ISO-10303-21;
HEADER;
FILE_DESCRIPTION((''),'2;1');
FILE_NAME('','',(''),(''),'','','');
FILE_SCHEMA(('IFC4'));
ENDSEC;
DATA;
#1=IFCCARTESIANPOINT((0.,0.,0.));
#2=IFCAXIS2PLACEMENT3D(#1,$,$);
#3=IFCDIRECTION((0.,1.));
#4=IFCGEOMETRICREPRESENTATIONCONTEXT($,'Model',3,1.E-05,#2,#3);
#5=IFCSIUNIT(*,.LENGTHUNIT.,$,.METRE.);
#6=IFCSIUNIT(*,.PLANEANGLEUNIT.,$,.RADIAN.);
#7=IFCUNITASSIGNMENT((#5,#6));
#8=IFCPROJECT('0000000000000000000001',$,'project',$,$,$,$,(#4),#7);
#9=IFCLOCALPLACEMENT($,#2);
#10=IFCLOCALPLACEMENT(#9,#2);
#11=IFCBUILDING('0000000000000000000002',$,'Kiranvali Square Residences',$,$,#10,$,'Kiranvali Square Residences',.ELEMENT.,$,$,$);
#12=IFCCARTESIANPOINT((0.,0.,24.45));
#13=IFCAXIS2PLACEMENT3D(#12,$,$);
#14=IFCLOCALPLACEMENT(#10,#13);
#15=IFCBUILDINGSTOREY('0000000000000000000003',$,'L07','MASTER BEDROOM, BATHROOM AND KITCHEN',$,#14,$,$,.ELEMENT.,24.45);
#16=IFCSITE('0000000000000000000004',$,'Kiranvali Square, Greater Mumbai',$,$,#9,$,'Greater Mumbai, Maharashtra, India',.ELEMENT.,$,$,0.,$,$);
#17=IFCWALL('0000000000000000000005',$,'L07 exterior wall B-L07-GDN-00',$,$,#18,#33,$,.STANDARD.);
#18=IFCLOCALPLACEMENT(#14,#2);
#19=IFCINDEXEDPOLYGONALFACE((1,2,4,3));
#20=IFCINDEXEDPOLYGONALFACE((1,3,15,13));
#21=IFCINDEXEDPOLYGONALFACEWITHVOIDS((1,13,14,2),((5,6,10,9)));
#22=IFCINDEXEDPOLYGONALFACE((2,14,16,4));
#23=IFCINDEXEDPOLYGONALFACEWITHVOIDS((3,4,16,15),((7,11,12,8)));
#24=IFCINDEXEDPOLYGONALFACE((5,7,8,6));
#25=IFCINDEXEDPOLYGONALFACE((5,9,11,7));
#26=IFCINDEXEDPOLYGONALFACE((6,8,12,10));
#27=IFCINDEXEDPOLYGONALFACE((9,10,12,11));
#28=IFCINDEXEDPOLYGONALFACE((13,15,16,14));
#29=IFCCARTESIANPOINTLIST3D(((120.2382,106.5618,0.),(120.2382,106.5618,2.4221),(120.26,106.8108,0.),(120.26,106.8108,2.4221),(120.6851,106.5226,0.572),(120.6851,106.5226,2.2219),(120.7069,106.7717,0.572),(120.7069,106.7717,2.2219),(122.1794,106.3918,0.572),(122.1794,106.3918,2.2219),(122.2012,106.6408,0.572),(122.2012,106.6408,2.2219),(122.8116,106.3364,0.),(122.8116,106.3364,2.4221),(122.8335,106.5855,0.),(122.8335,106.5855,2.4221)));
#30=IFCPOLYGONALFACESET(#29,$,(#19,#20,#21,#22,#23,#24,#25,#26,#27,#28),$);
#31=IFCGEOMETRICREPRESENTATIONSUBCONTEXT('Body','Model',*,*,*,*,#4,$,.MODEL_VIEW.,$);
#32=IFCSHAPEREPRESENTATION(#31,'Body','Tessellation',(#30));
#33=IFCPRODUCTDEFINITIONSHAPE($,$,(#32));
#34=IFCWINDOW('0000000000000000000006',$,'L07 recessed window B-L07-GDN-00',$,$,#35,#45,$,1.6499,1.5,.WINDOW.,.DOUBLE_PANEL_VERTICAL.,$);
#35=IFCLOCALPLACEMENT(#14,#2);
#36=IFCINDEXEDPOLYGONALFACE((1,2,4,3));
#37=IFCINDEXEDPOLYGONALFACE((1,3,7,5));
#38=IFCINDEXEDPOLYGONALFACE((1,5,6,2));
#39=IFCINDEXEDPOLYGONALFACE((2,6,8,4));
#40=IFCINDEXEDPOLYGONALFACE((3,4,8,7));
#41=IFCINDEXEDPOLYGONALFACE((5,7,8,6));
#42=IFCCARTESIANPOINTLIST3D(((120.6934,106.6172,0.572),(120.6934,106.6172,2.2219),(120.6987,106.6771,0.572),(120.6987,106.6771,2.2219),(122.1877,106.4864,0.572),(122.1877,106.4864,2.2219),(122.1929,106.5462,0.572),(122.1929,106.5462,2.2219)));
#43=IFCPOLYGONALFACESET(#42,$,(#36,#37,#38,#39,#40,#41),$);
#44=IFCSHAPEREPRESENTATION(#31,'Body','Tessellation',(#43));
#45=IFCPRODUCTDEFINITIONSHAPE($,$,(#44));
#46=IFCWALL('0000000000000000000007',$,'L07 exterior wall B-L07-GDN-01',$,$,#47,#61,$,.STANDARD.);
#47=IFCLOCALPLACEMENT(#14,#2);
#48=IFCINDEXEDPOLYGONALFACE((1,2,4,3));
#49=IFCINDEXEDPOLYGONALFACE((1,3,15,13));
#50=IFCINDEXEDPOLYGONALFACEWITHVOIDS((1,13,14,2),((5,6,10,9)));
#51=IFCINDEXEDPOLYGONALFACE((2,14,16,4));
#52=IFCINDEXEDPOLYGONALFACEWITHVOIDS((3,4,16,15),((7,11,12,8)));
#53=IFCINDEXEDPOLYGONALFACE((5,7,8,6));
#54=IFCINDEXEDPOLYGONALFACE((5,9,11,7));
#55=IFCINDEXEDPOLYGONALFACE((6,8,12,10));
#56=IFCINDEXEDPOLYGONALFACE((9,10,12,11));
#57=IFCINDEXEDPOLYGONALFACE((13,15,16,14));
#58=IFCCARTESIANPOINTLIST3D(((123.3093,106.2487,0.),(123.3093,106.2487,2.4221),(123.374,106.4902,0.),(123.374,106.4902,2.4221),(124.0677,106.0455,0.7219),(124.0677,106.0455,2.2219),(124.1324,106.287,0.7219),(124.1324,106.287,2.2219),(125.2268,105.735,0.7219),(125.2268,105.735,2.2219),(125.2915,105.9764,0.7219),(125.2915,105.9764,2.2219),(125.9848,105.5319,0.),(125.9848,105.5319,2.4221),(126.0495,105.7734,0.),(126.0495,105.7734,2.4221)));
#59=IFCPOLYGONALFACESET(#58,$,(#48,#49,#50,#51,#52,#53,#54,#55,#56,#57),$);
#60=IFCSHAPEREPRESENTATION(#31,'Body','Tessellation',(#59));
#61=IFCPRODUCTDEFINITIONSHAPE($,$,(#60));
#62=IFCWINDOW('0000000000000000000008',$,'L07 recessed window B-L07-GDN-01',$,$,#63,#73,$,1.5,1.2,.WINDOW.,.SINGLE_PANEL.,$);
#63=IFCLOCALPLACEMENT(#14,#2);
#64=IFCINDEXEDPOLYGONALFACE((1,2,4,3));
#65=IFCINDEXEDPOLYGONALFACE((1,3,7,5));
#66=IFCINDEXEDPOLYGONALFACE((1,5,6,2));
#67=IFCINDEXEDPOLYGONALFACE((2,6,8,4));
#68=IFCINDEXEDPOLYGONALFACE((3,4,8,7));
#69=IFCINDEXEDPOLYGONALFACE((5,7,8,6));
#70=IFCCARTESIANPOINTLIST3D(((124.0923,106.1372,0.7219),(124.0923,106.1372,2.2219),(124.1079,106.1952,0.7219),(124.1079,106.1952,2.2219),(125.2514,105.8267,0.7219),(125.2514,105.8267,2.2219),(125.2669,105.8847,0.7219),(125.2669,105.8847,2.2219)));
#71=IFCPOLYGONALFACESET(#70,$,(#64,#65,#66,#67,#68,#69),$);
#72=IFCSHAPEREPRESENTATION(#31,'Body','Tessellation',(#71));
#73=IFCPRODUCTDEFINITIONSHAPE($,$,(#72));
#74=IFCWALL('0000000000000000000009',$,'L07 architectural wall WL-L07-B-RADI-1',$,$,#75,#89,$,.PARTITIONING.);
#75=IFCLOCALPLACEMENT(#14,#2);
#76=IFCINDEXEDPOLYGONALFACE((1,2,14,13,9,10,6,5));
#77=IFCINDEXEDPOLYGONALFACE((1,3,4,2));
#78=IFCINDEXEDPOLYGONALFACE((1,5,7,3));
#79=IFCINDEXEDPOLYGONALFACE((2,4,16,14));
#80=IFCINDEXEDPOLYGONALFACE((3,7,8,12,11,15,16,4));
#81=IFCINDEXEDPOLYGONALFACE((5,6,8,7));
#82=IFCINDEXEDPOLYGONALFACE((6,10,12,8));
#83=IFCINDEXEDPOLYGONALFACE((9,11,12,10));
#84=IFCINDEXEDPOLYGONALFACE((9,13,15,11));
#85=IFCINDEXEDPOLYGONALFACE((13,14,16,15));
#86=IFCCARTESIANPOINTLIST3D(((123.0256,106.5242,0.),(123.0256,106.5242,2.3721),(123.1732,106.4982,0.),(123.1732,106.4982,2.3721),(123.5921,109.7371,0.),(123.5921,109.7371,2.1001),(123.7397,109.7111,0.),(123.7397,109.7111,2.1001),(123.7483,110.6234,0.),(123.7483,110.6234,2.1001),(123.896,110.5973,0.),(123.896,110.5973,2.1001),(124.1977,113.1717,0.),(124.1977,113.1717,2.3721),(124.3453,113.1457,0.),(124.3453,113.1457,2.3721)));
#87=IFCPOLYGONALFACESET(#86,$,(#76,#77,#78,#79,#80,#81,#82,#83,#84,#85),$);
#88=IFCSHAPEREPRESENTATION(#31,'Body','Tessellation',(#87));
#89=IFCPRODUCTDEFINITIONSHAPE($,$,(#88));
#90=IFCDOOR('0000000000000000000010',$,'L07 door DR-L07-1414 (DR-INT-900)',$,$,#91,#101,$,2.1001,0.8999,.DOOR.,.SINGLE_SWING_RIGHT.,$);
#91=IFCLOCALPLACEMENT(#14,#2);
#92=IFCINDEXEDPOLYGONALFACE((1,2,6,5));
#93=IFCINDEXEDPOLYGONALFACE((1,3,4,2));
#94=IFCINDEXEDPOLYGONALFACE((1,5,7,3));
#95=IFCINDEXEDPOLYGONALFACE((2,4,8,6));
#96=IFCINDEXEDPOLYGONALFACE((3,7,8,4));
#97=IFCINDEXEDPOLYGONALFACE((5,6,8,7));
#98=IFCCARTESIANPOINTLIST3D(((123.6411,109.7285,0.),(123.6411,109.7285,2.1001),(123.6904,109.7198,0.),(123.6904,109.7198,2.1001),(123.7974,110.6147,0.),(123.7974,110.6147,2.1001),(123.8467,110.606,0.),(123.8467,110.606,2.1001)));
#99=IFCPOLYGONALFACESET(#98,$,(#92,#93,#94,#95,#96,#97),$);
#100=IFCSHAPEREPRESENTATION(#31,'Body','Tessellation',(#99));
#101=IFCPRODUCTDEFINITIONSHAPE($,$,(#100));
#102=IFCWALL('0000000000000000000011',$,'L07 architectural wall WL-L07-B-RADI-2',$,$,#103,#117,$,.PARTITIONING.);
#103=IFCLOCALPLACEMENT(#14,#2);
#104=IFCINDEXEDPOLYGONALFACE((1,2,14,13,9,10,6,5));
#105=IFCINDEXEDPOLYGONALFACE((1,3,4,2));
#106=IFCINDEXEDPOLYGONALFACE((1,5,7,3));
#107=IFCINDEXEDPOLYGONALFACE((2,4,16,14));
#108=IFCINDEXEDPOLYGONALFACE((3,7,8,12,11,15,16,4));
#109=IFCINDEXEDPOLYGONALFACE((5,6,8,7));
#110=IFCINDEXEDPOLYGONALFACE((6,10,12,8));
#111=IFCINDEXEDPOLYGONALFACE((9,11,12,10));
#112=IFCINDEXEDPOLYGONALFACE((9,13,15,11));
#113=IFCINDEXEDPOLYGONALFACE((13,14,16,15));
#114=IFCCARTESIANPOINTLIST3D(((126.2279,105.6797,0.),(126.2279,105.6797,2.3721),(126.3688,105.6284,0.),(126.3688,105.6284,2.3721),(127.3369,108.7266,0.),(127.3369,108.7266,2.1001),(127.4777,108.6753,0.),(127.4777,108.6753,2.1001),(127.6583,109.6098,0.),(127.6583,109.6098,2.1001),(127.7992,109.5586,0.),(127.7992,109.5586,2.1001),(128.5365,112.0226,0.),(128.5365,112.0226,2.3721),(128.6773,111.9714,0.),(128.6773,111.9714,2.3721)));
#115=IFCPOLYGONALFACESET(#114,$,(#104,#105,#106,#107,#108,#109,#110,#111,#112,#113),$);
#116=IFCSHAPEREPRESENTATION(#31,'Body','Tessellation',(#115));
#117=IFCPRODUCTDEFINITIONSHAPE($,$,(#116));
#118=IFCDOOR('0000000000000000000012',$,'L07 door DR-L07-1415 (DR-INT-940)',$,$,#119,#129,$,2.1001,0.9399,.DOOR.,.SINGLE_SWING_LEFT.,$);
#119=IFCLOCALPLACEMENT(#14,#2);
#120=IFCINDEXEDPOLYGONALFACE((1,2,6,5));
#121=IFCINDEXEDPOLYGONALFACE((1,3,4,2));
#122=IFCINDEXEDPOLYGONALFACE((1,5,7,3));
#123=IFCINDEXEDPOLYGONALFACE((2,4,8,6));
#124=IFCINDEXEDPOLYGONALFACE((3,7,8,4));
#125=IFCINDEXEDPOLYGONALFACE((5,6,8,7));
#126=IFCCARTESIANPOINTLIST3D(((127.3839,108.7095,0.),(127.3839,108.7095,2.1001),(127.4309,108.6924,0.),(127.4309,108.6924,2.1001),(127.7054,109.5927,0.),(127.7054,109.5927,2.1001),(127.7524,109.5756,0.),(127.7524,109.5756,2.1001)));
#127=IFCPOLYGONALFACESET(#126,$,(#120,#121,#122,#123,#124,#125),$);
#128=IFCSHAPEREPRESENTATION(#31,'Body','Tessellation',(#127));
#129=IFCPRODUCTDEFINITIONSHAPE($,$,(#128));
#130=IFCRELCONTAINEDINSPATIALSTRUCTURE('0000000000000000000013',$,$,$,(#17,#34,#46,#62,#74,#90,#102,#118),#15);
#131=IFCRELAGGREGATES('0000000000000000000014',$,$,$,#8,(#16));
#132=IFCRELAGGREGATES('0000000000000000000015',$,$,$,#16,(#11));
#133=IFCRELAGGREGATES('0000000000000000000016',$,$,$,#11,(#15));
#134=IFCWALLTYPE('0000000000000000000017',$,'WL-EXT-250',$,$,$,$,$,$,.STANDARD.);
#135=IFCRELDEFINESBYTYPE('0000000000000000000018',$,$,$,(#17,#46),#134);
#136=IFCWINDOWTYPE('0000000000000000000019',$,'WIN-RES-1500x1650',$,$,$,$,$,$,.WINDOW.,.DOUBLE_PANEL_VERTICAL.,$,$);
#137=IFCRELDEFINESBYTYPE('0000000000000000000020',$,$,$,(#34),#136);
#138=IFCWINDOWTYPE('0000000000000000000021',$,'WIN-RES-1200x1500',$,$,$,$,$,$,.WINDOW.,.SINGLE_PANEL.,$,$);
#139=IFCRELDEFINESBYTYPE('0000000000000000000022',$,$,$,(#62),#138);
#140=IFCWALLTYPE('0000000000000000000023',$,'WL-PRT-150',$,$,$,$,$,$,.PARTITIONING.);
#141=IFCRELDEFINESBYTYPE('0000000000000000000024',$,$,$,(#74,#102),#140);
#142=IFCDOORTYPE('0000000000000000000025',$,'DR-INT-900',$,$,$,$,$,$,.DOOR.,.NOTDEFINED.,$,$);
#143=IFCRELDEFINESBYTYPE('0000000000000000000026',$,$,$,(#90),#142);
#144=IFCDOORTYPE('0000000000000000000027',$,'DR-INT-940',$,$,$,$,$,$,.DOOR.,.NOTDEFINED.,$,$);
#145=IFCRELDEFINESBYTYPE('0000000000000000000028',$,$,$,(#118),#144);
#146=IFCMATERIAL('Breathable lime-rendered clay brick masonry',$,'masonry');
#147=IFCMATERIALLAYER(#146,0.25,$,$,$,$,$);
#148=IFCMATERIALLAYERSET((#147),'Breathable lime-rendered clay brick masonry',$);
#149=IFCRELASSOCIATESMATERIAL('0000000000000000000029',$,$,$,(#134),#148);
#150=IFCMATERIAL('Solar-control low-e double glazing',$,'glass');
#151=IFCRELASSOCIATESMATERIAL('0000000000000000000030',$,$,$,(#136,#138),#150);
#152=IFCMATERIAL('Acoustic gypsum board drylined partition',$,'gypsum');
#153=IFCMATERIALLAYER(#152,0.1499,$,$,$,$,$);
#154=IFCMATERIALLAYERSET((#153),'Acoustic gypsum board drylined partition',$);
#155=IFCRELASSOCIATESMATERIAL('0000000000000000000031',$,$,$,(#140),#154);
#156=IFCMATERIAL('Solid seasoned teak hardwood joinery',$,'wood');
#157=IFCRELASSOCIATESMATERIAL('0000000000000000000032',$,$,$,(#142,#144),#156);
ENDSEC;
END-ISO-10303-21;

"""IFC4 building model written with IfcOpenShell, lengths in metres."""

from ifc_helpers import new_model, si_unit, direction, frame, frame_2d, origin, place, context, subcontext, project, spatial, rectangle, extrude, material, layer, layer_set, type_object, element, fill, save


model = new_model("IFC4")

# Units and contexts
model_context = context("Model", 3, precision=1e-05, world=origin(), true_north=direction((0.0, 1.0)))
body_context = subcontext(model_context, "Body", "Model", "MODEL_VIEW")
ifc_project = project(units=[si_unit("LENGTHUNIT", "METRE"), si_unit("PLANEANGLEUNIT", "RADIAN")], contexts=[model_context])

# Site, building, storey
site_placement = place(None, origin())
site = spatial("IfcSite", under=ifc_project, at=site_placement, Name="Kiranvali Square, Greater Mumbai", LongName="Greater Mumbai, Maharashtra, India", CompositionType="ELEMENT", RefElevation=0.0)
building_placement = place(site_placement, origin())
building = spatial("IfcBuilding", under=site, at=building_placement, Name="Kiranvali Square Residences", LongName="Kiranvali Square Residences", CompositionType="ELEMENT")
storey_placement = place(building_placement, frame((0.0, 0.0, 24.45)))
storey = spatial("IfcBuildingStorey", under=building, at=storey_placement, Name="L07", Description="MASTER BEDROOM, BATHROOM AND KITCHEN", CompositionType="ELEMENT", Elevation=24.45)

# Walls, openings, windows
ifc_material_1 = material(Name="Breathable lime-rendered clay brick masonry", Category="masonry")
ifc_layer_1 = layer(ifc_material_1, 0.25)
ifc_layer_set_1 = layer_set([ifc_layer_1], Name="Breathable lime-rendered clay brick masonry")
wall_type_1 = type_object("IfcWallType", Name="WL-EXT-250", PredefinedType="STANDARD", material=ifc_layer_set_1)
wall_1_placement = place(storey_placement, frame((120.2493, 106.6863, 0.0), z_axis=(0.0, 0.0, 1.0), x_axis=(0.996188, -0.087229, 0.0)))
wall_1 = element("IfcWall", 1, at=wall_1_placement, inside=storey, type_object=wall_type_1, Name="L07 exterior wall B-L07-GDN-00", PredefinedType="STANDARD", context=body_context, shape_type="SweptSolid", body=[
    extrude(rectangle(XDim=2.5833, YDim=0.25, at=frame_2d((1.2915, 0.0))), origin(), (0.0, 0.0, 1.0), 2.4221),
])
opening_1_placement = place(wall_1_placement, frame((0.4485, 0.0, 0.572)))
opening_1 = element("IfcOpeningElement", 2, at=opening_1_placement, cuts=wall_1, PredefinedType="OPENING", context=body_context, shape_type="SweptSolid", body=[
    extrude(rectangle(XDim=1.5, YDim=1.6499, at=frame_2d((0.75, 0.825))), frame((0.0, 0.135, 0.0), z_axis=(0.0, -1.0, 0.0), x_axis=(1.0, 0.0, 0.0)), (0.0, 0.0, 1.0), 0.27),
])
ifc_material_2 = material(Name="Solar-control low-e double glazing", Category="glass")
window_type_1 = type_object("IfcWindowType", Name="WIN-RES-1500x1650", PartitioningType="DOUBLE_PANEL_VERTICAL", PredefinedType="WINDOW", material=ifc_material_2)
window_1_placement = place(opening_1_placement, origin())
window_1 = element("IfcWindow", 3, at=window_1_placement, inside=storey, type_object=window_type_1, Name="L07 recessed window B-L07-GDN-00", OverallHeight=1.6499, OverallWidth=1.5, PartitioningType="DOUBLE_PANEL_VERTICAL", PredefinedType="WINDOW", context=body_context, shape_type="SweptSolid", body=[
    extrude(rectangle(XDim=1.5, YDim=1.6499, at=frame_2d((0.75, 0.825))), frame((0.0, 0.03, 0.0), z_axis=(0.0, -1.0, 0.0), x_axis=(1.0, 0.0, 0.0)), (0.0, 0.0, 1.0), 0.0601),
])
fill(opening_1, window_1)
wall_2_placement = place(storey_placement, frame((123.3418, 106.3694, 0.0), z_axis=(0.0, 0.0, 1.0), x_axis=(0.965936, -0.258782, 0.0)))
wall_2 = element("IfcWall", 4, at=wall_2_placement, inside=storey, type_object=wall_type_1, Name="L07 exterior wall B-L07-GDN-01", PredefinedType="STANDARD", context=body_context, shape_type="SweptSolid", body=[
    extrude(rectangle(XDim=2.7698, YDim=0.25, at=frame_2d((1.3848, 0.0))), origin(), (0.0, 0.0, 1.0), 2.4221),
])
opening_2_placement = place(wall_2_placement, frame((0.7849, 0.0, 0.7219)))
opening_2 = element("IfcOpeningElement", 5, at=opening_2_placement, cuts=wall_2, PredefinedType="OPENING", context=body_context, shape_type="SweptSolid", body=[
    extrude(rectangle(XDim=1.2, YDim=1.5, at=frame_2d((0.6001, 0.75))), frame((0.0, 0.135, 0.0), z_axis=(0.0, -1.0, 0.0), x_axis=(1.0, 0.0, 0.0)), (0.0, 0.0, 1.0), 0.27),
])
window_type_2 = type_object("IfcWindowType", Name="WIN-RES-1200x1500", PartitioningType="SINGLE_PANEL", PredefinedType="WINDOW", material=ifc_material_2)
window_2_placement = place(opening_2_placement, origin())
window_2 = element("IfcWindow", 6, at=window_2_placement, inside=storey, type_object=window_type_2, Name="L07 recessed window B-L07-GDN-01", OverallHeight=1.5, OverallWidth=1.2, PartitioningType="SINGLE_PANEL", PredefinedType="WINDOW", context=body_context, shape_type="SweptSolid", body=[
    extrude(rectangle(XDim=1.2, YDim=1.5, at=frame_2d((0.6001, 0.75))), frame((0.0, 0.03, 0.0), z_axis=(0.0, -1.0, 0.0), x_axis=(1.0, 0.0, 0.0)), (0.0, 0.0, 1.0), 0.0601),
])
fill(opening_2, window_2)

# Walls, openings, doors
ifc_material_3 = material(Name="Acoustic gypsum board drylined partition", Category="gypsum")
ifc_layer_2 = layer(ifc_material_3, 0.1499)
ifc_layer_set_2 = layer_set([ifc_layer_2], Name="Acoustic gypsum board drylined partition")
wall_type_2 = type_object("IfcWallType", Name="WL-PRT-150", PredefinedType="PARTITIONING", material=ifc_layer_set_2)
wall_3_placement = place(storey_placement, frame((123.0994, 106.5112, 0.0), z_axis=(0.0, 0.0, 1.0), x_axis=(0.173647, 0.984808, 0.0)))
wall_3 = element("IfcWall", 7, at=wall_3_placement, inside=storey, type_object=wall_type_2, Name="L07 architectural wall WL-L07-B-RADI-1", PredefinedType="PARTITIONING", context=body_context, shape_type="SweptSolid", body=[
    extrude(rectangle(XDim=6.75, YDim=0.1499, at=frame_2d((3.375, 0.0))), origin(), (0.0, 0.0, 1.0), 2.3721),
])
opening_3_placement = place(wall_3_placement, frame((3.2625, 0.0, 0.0)))
opening_3 = element("IfcOpeningElement", 8, at=opening_3_placement, cuts=wall_3, PredefinedType="OPENING", context=body_context, shape_type="SweptSolid", body=[
    extrude(rectangle(XDim=0.8999, YDim=2.1001, at=frame_2d((0.45, 1.05))), frame((0.0, 0.085, 0.0), z_axis=(0.0, -1.0, 0.0), x_axis=(1.0, 0.0, 0.0)), (0.0, 0.0, 1.0), 0.1699),
])
ifc_material_4 = material(Name="Solid seasoned teak hardwood joinery", Category="wood")
door_type_1 = type_object("IfcDoorType", Name="DR-INT-900", OperationType="NOTDEFINED", PredefinedType="DOOR", material=ifc_material_4)
door_1_placement = place(opening_3_placement, frame((0.8999, 0.0, 0.0), z_axis=(0.0, 0.0, 1.0), x_axis=(-1.0, 0.0, 0.0)))
door_1 = element("IfcDoor", 9, at=door_1_placement, inside=storey, type_object=door_type_1, Name="L07 door DR-L07-1414 (DR-INT-900)", OperationType="SINGLE_SWING_RIGHT", OverallHeight=2.1001, OverallWidth=0.8999, PredefinedType="DOOR", context=body_context, shape_type="SweptSolid", body=[
    extrude(rectangle(XDim=0.8999, YDim=2.1001, at=frame_2d((0.45, 1.05))), frame((0.0, 0.0249, 0.0), z_axis=(0.0, -1.0, 0.0), x_axis=(1.0, 0.0, 0.0)), (0.0, 0.0, 1.0), 0.05),
])
fill(opening_3, door_1)
wall_4_placement = place(storey_placement, frame((126.2983, 105.6541, 0.0), z_axis=(0.0, 0.0, 1.0), x_axis=(0.34201, 0.939696, 0.0)))
wall_4 = element("IfcWall", 10, at=wall_4_placement, inside=storey, type_object=wall_type_2, Name="L07 architectural wall WL-L07-B-RADI-2", PredefinedType="PARTITIONING", context=body_context, shape_type="SweptSolid", body=[
    extrude(rectangle(XDim=6.75, YDim=0.1499, at=frame_2d((3.375, 0.0))), origin(), (0.0, 0.0, 1.0), 2.3721),
])
opening_4_placement = place(wall_4_placement, frame((3.2424, 0.0, 0.0)))
opening_4 = element("IfcOpeningElement", 11, at=opening_4_placement, cuts=wall_4, PredefinedType="OPENING", context=body_context, shape_type="SweptSolid", body=[
    extrude(rectangle(XDim=0.9399, YDim=2.1001, at=frame_2d((0.47, 1.05))), frame((0.0, 0.085, 0.0), z_axis=(0.0, -1.0, 0.0), x_axis=(1.0, 0.0, 0.0)), (0.0, 0.0, 1.0), 0.1699),
])
door_type_2 = type_object("IfcDoorType", Name="DR-INT-940", OperationType="NOTDEFINED", PredefinedType="DOOR", material=ifc_material_4)
door_2_placement = place(opening_4_placement, origin())
door_2 = element("IfcDoor", 12, at=door_2_placement, inside=storey, type_object=door_type_2, Name="L07 door DR-L07-1415 (DR-INT-940)", OperationType="SINGLE_SWING_LEFT", OverallHeight=2.1001, OverallWidth=0.9399, PredefinedType="DOOR", context=body_context, shape_type="SweptSolid", body=[
    extrude(rectangle(XDim=0.9399, YDim=2.1001, at=frame_2d((0.47, 1.05))), frame((0.0, 0.0249, 0.0), z_axis=(0.0, -1.0, 0.0), x_axis=(1.0, 0.0, 0.0)), (0.0, 0.0, 1.0), 0.05),
])
fill(opening_4, door_2)

save(model, "model.ifc")
